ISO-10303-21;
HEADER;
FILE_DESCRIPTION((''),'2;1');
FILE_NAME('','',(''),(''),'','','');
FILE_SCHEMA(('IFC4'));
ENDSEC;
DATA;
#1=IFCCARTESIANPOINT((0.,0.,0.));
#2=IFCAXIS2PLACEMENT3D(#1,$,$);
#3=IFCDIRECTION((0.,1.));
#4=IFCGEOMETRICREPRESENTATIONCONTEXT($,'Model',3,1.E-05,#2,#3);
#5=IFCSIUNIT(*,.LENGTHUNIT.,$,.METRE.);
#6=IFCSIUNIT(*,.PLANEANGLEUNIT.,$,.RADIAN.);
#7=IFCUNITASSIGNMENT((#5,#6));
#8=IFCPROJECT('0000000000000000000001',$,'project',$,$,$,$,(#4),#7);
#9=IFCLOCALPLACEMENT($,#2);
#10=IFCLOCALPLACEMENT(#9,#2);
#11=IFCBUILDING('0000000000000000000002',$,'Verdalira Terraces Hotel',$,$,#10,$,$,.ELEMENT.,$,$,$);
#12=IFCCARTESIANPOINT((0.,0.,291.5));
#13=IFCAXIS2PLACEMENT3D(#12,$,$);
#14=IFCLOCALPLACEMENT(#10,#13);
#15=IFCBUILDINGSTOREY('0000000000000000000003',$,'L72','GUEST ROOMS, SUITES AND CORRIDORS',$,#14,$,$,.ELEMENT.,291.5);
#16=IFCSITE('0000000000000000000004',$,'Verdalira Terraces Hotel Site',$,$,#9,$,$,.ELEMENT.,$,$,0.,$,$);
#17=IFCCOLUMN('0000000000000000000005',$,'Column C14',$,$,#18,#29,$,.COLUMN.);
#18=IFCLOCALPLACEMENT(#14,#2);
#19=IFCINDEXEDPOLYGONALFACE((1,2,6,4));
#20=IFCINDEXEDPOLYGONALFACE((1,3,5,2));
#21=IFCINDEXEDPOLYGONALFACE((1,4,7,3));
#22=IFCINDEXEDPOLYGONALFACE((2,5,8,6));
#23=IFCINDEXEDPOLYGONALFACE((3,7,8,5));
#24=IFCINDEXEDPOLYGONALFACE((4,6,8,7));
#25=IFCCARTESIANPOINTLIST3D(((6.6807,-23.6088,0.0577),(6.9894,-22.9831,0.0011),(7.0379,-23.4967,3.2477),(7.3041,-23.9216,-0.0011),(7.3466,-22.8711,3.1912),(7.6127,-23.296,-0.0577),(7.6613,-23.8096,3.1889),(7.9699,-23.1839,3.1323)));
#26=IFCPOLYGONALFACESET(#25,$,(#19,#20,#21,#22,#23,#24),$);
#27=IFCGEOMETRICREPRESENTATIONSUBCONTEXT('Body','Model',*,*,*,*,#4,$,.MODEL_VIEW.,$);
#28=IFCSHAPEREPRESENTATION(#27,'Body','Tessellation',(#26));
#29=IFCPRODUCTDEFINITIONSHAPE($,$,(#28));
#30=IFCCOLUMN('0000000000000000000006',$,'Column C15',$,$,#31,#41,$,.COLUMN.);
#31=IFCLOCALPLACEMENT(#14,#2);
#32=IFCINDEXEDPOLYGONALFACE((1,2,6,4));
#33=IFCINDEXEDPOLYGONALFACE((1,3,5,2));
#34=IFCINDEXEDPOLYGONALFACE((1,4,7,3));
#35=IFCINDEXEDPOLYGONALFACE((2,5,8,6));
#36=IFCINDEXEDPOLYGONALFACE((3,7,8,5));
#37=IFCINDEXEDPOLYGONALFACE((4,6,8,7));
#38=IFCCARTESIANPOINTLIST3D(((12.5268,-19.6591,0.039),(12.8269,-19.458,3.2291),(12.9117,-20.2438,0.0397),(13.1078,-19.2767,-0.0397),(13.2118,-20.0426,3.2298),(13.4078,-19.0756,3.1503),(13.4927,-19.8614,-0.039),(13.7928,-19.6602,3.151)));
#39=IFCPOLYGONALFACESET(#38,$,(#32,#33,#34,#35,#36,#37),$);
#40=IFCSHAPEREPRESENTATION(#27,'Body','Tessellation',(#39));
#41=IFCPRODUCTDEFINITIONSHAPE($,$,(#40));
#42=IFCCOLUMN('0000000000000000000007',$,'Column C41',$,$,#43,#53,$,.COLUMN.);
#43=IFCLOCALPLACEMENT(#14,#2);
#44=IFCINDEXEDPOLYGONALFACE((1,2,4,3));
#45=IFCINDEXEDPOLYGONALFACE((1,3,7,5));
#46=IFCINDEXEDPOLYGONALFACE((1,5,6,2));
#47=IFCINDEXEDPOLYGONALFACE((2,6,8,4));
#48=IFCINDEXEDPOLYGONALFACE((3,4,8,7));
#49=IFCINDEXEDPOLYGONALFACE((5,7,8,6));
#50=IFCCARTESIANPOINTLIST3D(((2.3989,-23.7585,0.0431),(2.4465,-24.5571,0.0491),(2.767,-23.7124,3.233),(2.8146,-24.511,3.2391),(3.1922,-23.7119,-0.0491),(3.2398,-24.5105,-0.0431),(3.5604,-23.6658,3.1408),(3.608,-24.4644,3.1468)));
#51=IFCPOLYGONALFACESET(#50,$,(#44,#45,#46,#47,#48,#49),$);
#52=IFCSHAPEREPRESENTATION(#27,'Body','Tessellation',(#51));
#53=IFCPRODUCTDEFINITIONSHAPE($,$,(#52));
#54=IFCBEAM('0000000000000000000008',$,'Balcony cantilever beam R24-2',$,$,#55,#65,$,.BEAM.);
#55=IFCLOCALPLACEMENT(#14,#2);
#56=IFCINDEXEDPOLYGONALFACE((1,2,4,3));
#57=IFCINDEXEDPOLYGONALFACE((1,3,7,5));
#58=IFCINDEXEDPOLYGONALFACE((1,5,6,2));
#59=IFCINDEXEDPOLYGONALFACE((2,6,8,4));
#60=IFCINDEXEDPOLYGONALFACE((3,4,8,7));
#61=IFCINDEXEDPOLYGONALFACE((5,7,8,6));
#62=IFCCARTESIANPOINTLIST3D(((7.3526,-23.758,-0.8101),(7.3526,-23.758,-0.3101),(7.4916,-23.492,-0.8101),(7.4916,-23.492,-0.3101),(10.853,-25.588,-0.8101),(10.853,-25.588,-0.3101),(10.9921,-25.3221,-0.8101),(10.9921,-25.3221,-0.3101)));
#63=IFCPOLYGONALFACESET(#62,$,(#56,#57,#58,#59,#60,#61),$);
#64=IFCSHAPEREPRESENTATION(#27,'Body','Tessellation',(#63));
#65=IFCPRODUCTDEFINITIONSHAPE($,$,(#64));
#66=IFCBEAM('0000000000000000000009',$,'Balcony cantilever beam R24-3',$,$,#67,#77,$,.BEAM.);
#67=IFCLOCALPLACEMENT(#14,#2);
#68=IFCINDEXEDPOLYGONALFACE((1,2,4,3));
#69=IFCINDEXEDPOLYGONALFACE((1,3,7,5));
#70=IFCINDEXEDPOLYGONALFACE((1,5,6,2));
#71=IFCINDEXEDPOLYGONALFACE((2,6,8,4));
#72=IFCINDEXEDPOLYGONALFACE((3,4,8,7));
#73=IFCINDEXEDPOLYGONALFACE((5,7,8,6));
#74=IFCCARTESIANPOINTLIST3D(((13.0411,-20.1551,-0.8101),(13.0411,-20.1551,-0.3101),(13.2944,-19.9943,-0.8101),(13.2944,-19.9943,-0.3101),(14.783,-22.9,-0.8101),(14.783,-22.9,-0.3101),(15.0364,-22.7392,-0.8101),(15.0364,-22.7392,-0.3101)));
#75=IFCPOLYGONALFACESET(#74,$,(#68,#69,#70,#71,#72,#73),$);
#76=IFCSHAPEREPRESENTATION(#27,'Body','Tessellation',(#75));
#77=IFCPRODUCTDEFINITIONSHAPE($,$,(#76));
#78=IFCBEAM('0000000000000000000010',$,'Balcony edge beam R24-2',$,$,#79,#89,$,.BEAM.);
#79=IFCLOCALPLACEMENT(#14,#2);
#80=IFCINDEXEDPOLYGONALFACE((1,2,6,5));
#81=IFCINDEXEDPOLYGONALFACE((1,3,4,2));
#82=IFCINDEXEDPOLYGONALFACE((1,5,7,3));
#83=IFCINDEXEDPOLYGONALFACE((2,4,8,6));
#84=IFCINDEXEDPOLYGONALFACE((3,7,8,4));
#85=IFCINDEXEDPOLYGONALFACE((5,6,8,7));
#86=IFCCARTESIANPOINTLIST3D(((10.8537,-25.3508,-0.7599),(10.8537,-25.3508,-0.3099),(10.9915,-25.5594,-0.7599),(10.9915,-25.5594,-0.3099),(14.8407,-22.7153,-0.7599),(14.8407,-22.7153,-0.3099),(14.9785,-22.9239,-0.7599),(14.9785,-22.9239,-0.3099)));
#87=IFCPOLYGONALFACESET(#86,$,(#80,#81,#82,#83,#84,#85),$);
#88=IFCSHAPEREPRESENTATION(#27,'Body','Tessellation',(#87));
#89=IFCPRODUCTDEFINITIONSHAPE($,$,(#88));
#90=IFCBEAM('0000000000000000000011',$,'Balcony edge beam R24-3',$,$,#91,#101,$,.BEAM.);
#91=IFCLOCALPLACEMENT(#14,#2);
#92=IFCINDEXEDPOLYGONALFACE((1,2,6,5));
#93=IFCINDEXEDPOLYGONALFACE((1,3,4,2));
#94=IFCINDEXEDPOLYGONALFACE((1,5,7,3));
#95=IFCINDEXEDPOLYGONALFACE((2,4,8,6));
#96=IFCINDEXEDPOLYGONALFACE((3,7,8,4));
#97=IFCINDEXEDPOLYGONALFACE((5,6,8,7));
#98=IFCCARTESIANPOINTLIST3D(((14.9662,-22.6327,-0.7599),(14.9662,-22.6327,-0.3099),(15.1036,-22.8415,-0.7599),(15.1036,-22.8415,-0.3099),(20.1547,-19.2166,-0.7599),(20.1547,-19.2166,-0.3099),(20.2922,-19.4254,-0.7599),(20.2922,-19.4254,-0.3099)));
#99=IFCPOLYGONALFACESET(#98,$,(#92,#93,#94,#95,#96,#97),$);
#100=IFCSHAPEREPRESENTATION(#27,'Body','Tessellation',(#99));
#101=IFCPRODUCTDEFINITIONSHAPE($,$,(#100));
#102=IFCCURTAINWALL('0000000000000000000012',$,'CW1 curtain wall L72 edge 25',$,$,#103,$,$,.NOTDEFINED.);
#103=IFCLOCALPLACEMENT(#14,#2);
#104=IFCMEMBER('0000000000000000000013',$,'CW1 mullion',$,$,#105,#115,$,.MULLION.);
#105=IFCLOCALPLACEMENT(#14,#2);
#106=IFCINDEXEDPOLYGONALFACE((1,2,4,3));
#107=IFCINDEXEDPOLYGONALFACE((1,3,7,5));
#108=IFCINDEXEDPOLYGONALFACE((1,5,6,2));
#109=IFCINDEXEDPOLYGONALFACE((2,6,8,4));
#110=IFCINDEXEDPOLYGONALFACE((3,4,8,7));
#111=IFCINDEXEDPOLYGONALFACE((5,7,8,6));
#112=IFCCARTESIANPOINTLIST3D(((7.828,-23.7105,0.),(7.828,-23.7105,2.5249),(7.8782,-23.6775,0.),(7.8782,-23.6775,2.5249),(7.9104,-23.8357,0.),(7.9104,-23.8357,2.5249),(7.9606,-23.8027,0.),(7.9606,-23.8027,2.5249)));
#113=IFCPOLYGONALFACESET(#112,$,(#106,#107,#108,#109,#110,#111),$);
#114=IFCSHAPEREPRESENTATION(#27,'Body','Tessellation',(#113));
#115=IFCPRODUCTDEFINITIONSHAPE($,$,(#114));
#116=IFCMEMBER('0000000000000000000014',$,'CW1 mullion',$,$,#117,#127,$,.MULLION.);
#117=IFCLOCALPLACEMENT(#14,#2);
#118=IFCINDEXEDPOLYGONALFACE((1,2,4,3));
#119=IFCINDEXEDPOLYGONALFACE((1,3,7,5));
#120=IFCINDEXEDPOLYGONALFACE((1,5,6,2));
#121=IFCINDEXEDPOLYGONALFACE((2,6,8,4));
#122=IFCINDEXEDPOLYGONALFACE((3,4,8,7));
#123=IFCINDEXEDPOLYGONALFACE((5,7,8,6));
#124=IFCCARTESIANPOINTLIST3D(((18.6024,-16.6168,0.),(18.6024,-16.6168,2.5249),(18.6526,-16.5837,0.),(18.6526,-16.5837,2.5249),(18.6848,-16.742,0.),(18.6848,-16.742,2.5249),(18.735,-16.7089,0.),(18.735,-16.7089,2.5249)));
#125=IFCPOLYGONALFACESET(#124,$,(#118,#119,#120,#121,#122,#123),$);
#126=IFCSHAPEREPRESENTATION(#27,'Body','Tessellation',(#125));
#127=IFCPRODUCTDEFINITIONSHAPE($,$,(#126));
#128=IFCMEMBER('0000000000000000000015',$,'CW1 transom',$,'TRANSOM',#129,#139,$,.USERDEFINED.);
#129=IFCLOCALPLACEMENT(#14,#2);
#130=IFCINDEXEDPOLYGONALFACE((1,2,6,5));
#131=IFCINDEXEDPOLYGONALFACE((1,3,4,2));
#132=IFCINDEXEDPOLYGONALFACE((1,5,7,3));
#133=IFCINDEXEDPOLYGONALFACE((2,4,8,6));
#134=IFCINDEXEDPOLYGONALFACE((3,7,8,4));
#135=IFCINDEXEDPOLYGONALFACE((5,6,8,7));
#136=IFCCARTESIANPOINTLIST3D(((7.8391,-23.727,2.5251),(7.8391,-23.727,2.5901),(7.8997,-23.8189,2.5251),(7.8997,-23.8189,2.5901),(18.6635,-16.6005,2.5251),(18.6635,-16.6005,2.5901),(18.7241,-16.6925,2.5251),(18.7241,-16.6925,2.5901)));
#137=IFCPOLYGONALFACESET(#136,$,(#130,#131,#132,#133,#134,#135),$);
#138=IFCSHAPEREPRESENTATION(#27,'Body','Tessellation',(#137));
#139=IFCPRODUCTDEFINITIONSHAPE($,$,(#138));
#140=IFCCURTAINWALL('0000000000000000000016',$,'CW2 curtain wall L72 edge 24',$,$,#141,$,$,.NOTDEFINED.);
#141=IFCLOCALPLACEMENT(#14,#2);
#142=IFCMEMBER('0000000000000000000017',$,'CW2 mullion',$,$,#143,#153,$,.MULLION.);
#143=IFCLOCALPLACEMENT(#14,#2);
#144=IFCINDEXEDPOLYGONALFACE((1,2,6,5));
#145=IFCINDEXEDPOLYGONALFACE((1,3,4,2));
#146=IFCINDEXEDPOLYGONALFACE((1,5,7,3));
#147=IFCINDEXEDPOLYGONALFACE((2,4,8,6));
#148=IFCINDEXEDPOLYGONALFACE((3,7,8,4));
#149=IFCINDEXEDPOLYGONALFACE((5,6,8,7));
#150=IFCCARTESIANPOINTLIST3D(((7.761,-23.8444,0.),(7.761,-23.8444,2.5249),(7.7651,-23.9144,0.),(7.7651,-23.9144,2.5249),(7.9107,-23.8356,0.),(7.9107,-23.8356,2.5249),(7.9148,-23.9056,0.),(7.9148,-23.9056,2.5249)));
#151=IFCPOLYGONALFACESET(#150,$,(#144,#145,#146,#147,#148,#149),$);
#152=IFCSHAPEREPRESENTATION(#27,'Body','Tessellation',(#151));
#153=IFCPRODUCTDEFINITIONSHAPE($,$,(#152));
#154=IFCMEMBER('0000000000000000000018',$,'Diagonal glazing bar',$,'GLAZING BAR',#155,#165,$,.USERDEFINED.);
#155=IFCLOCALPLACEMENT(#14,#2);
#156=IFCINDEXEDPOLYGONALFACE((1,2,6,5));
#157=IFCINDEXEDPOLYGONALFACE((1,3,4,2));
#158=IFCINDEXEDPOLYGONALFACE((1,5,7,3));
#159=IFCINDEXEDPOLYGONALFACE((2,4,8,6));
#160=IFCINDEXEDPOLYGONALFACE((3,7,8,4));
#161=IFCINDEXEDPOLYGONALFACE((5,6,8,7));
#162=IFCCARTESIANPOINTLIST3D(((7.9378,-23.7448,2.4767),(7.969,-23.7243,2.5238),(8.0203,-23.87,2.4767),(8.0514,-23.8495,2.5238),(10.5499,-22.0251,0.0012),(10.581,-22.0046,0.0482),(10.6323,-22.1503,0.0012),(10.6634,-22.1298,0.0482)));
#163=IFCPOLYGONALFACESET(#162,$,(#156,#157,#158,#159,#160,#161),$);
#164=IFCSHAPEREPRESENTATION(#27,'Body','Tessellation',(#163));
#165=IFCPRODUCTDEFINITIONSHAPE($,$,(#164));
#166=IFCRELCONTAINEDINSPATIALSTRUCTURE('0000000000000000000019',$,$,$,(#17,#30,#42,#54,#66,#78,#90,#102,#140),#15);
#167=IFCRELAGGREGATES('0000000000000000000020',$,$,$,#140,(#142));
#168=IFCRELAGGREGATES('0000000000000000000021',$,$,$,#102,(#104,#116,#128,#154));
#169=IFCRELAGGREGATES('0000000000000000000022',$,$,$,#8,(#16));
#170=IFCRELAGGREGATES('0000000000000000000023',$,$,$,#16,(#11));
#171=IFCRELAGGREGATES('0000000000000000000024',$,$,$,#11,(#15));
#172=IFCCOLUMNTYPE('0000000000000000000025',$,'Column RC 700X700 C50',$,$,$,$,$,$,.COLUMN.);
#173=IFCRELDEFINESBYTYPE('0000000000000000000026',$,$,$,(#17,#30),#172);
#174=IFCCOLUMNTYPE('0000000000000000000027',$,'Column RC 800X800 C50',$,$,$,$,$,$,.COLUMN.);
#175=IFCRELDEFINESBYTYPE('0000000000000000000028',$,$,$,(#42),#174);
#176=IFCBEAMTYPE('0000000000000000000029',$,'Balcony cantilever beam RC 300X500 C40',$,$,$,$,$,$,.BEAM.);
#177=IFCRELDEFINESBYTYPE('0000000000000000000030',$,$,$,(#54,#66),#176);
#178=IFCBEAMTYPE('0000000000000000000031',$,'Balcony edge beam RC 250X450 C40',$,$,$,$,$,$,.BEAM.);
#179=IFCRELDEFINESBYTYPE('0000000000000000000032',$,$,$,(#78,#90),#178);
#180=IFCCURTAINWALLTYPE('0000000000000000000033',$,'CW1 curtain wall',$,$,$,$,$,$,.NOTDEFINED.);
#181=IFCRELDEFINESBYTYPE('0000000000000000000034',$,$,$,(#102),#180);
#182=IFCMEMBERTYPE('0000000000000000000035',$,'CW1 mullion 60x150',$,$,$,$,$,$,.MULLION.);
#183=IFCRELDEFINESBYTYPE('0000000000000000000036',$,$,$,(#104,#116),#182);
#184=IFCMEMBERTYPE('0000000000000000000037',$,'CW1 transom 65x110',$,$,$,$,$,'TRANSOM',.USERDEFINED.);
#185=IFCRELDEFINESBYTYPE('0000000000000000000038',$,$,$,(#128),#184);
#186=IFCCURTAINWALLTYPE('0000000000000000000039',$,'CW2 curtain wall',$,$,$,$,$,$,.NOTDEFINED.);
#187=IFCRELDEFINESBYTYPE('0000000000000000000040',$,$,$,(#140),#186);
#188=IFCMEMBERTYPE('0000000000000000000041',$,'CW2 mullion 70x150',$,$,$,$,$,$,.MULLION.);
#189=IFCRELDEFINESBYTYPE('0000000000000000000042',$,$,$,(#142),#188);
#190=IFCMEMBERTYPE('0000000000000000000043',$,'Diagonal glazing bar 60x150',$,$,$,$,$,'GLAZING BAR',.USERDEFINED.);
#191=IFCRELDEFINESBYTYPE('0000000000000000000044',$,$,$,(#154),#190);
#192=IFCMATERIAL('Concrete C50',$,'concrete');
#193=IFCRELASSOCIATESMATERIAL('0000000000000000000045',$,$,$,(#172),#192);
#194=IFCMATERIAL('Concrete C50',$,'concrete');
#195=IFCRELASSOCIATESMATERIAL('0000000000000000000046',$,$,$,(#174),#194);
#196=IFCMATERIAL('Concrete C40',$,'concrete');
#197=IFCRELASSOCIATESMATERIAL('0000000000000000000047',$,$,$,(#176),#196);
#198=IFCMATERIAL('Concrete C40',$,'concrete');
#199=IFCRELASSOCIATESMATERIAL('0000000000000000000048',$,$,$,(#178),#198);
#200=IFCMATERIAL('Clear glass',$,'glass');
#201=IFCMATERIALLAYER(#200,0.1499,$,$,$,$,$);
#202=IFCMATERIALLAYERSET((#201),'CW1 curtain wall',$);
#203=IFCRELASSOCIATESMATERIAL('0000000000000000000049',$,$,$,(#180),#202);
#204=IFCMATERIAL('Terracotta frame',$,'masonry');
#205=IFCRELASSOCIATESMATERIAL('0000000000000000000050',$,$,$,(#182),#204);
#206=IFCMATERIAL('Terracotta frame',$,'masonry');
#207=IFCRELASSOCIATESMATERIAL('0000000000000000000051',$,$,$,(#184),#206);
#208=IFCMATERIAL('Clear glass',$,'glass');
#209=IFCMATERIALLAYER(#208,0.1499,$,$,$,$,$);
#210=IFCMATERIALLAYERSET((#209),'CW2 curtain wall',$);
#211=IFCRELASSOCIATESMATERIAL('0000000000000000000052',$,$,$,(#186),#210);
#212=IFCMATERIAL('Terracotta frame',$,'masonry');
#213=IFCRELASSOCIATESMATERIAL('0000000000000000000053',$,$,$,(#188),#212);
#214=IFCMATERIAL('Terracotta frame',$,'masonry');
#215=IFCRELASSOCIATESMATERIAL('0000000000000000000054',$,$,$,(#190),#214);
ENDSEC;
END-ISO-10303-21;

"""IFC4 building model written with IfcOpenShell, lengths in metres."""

from ifc_helpers import new_model, si_unit, direction, frame, origin, origin_2d, place, context, subcontext, project, spatial, rectangle, extrude, material, layer, layer_set, material_profile, profile_set, type_object, element, aggregate, save


model = new_model("IFC4")

# Units and contexts
model_context = context("Model", 3, precision=1e-05, world=origin(), true_north=direction((0.0, 1.0)))
body_context = subcontext(model_context, "Body", "Model", "MODEL_VIEW")
ifc_project = project(units=[si_unit("LENGTHUNIT", "METRE"), si_unit("PLANEANGLEUNIT", "RADIAN")], contexts=[model_context])

# Site, building, storey
site_placement = place(None, origin())
site = spatial("IfcSite", under=ifc_project, at=site_placement, Name="Verdalira Terraces Hotel Site", CompositionType="ELEMENT", RefElevation=0.0)
building_placement = place(site_placement, origin())
building = spatial("IfcBuilding", under=site, at=building_placement, Name="Verdalira Terraces Hotel", CompositionType="ELEMENT")
storey_placement = place(building_placement, frame((0.0, 0.0, 291.5)))
storey = spatial("IfcBuildingStorey", under=building, at=storey_placement, Name="L72", Description="GUEST ROOMS, SUITES AND CORRIDORS", CompositionType="ELEMENT", Elevation=291.5)

# Columns
ifc_material_1 = material(Name="Concrete C50", Category="concrete")
ifc_material_profile_1 = material_profile(ifc_material_1, rectangle(XDim=0.7, YDim=0.7, at=origin_2d()), Name="RC 700X700")
ifc_profile_set_1 = profile_set([ifc_material_profile_1], Name="Concrete C50")
column_type_1 = type_object("IfcColumnType", Name="Column RC 700X700 C50", PredefinedType="COLUMN", material=ifc_profile_set_1)
column_1_placement = place(storey_placement, frame((7.1467, -23.4524, 0.0), z_axis=(0.111207, 0.03489, 0.993185), x_axis=(-0.440962, -0.893884, 0.080776)))
element("IfcColumn", 1, at=column_1_placement, inside=storey, type_object=column_type_1, Name="Column C14", PredefinedType="COLUMN", context=body_context, shape_type="SweptSolid", body=[
    extrude(rectangle(XDim=0.7, YDim=0.7, at=origin_2d()), origin(), (0.0, 0.0, 1.0), 3.2119),
])
column_2_placement = place(storey_placement, frame((13.0098, -19.7603, 0.0), z_axis=(0.093464, 0.062664, 0.993649), x_axis=(0.829983, 0.546322, -0.112522)))
element("IfcColumn", 2, at=column_2_placement, inside=storey, type_object=column_type_1, Name="Column C15", PredefinedType="COLUMN", context=body_context, shape_type="SweptSolid", body=[
    extrude(rectangle(XDim=0.7, YDim=0.7, at=origin_2d()), origin(), (0.0, 0.0, 1.0), 3.2104),
])
ifc_material_2 = material(Name="Concrete C50", Category="concrete")
ifc_material_profile_2 = material_profile(ifc_material_2, rectangle(XDim=0.8, YDim=0.8, at=origin_2d()), Name="RC 800X800")
ifc_profile_set_2 = profile_set([ifc_material_profile_2], Name="Concrete C50")
column_type_2 = type_object("IfcColumnType", Name="Column RC 800X800 C50", PredefinedType="COLUMN", material=ifc_profile_set_2)
column_3_placement = place(storey_placement, frame((2.8193, -24.1345, 0.0), z_axis=(0.114641, 0.014368, 0.993303), x_axis=(0.059498, -0.9982, 0.007572)))
element("IfcColumn", 3, at=column_3_placement, inside=storey, type_object=column_type_2, Name="Column C41", PredefinedType="COLUMN", context=body_context, shape_type="SweptSolid", body=[
    extrude(rectangle(XDim=0.8, YDim=0.8, at=origin_2d()), origin(), (0.0, 0.0, 1.0), 3.2114),
])

# Beams
ifc_material_3 = material(Name="Concrete C40", Category="concrete")
ifc_material_profile_3 = material_profile(ifc_material_3, rectangle(XDim=0.3, YDim=0.5, at=origin_2d()), Name="RC 300X500")
ifc_profile_set_3 = profile_set([ifc_material_profile_3], Name="Concrete C40")
beam_type_1 = type_object("IfcBeamType", Name="Balcony cantilever beam RC 300X500 C40", PredefinedType="BEAM", material=ifc_profile_set_3)
beam_1_placement = place(storey_placement, frame((7.4221, -23.625, -0.5601), z_axis=(0.886197, -0.463309, 0.0), x_axis=(0.463309, 0.886197, 0.0)))
element("IfcBeam", 4, at=beam_1_placement, inside=storey, type_object=beam_type_1, Name="Balcony cantilever beam R24-2", PredefinedType="BEAM", context=body_context, shape_type="SweptSolid", body=[
    extrude(rectangle(XDim=0.3, YDim=0.5, at=origin_2d()), origin(), (0.0, 0.0, 1.0), 3.95),
])
beam_2_placement = place(storey_placement, frame((13.1677, -20.0747, -0.5601), z_axis=(0.535825, -0.844329, 0.0), x_axis=(0.844329, 0.535825, 0.0)))
element("IfcBeam", 5, at=beam_2_placement, inside=storey, type_object=beam_type_1, Name="Balcony cantilever beam R24-3", PredefinedType="BEAM", context=body_context, shape_type="SweptSolid", body=[
    extrude(rectangle(XDim=0.3, YDim=0.5, at=origin_2d()), origin(), (0.0, 0.0, 1.0), 3.251),
])
ifc_material_4 = material(Name="Concrete C40", Category="concrete")
ifc_material_profile_4 = material_profile(ifc_material_4, rectangle(XDim=0.25, YDim=0.45, at=origin_2d()), Name="RC 250X450")
ifc_profile_set_4 = profile_set([ifc_material_profile_4], Name="Concrete C40")
beam_type_2 = type_object("IfcBeamType", Name="Balcony edge beam RC 250X450 C40", PredefinedType="BEAM", material=ifc_profile_set_4)
beam_3_placement = place(storey_placement, frame((10.9226, -25.4551, -0.5349), z_axis=(0.834221, 0.551431, 0.0), x_axis=(-0.551431, 0.834221, 0.0)))
element("IfcBeam", 6, at=beam_3_placement, inside=storey, type_object=beam_type_2, Name="Balcony edge beam R24-2", PredefinedType="BEAM", context=body_context, shape_type="SweptSolid", body=[
    extrude(rectangle(XDim=0.25, YDim=0.45, at=origin_2d()), origin(), (0.0, 0.0, 1.0), 4.7793),
])
beam_4_placement = place(storey_placement, frame((15.0349, -22.7371, -0.5349), z_axis=(0.835229, 0.549902, 0.0), x_axis=(-0.549902, 0.835229, 0.0)))
element("IfcBeam", 7, at=beam_4_placement, inside=storey, type_object=beam_type_2, Name="Balcony edge beam R24-3", PredefinedType="BEAM", context=body_context, shape_type="SweptSolid", body=[
    extrude(rectangle(XDim=0.25, YDim=0.45, at=origin_2d()), origin(), (0.0, 0.0, 1.0), 6.2122),
])

# Curtain wall, members
ifc_material_5 = material(Name="Clear glass", Category="glass")
ifc_layer_1 = layer(ifc_material_5, 0.1499)
ifc_layer_set_1 = layer_set([ifc_layer_1], Name="CW1 curtain wall")
curtain_wall_type_1 = type_object("IfcCurtainWallType", Name="CW1 curtain wall", PredefinedType="NOTDEFINED", material=ifc_layer_set_1)
curtain_wall_1_placement = place(storey_placement, origin())
curtain_wall_1 = element("IfcCurtainWall", 8, at=curtain_wall_1_placement, inside=storey, type_object=curtain_wall_type_1, Name="CW1 curtain wall L72 edge 25", PredefinedType="NOTDEFINED")
ifc_material_6 = material(Name="Terracotta frame", Category="masonry")
ifc_material_profile_5 = material_profile(ifc_material_6, rectangle(XDim=0.0601, YDim=0.1499, at=origin_2d()), Name="MU 60x150")
ifc_profile_set_5 = profile_set([ifc_material_profile_5], Name="Terracotta frame")
member_type_1 = type_object("IfcMemberType", Name="CW1 mullion 60x150", PredefinedType="MULLION", material=ifc_profile_set_5)
member_1_placement = place(storey_placement, frame((7.8943, -23.7566, 0.0), z_axis=(0.0, 0.0, 1.0), x_axis=(0.835232, 0.549898, 0.0)))
member_1 = element("IfcMember", 9, at=member_1_placement, type_object=member_type_1, Name="CW1 mullion", PredefinedType="MULLION", context=body_context, shape_type="SweptSolid", body=[
    extrude(rectangle(XDim=0.0601, YDim=0.1499, at=origin_2d()), origin(), (0.0, 0.0, 1.0), 2.5249),
])
member_2_placement = place(storey_placement, frame((18.6687, -16.6628, 0.0), z_axis=(0.0, 0.0, 1.0), x_axis=(0.835232, 0.549898, 0.0)))
member_2 = element("IfcMember", 10, at=member_2_placement, type_object=member_type_1, Name="CW1 mullion", PredefinedType="MULLION", context=body_context, shape_type="SweptSolid", body=[
    extrude(rectangle(XDim=0.0601, YDim=0.1499, at=origin_2d()), origin(), (0.0, 0.0, 1.0), 2.5249),
])
ifc_material_7 = material(Name="Terracotta frame", Category="masonry")
ifc_material_profile_6 = material_profile(ifc_material_7, rectangle(XDim=0.1101, YDim=0.0649, at=origin_2d()), Name="TR 65x110")
ifc_profile_set_6 = profile_set([ifc_material_profile_6], Name="Terracotta frame")
member_type_2 = type_object("IfcMemberType", Name="CW1 transom 65x110", ElementType="TRANSOM", PredefinedType="USERDEFINED", material=ifc_profile_set_6)
member_3_placement = place(storey_placement, frame((7.8694, -23.7729, 2.5576), z_axis=(0.835236, 0.549892, 0.0), x_axis=(-0.549892, 0.835236, 0.0)))
member_3 = element("IfcMember", 11, at=member_3_placement, type_object=member_type_2, Name="CW1 transom", ObjectType="TRANSOM", PredefinedType="USERDEFINED", context=body_context, shape_type="SweptSolid", body=[
    extrude(rectangle(XDim=0.1101, YDim=0.0649, at=origin_2d()), origin(), (0.0, 0.0, 1.0), 12.9597),
])

# Curtain wall, member
ifc_material_8 = material(Name="Clear glass", Category="glass")
ifc_layer_2 = layer(ifc_material_8, 0.1499)
ifc_layer_set_2 = layer_set([ifc_layer_2], Name="CW2 curtain wall")
curtain_wall_type_2 = type_object("IfcCurtainWallType", Name="CW2 curtain wall", PredefinedType="NOTDEFINED", material=ifc_layer_set_2)
curtain_wall_2_placement = place(storey_placement, origin())
curtain_wall_2 = element("IfcCurtainWall", 12, at=curtain_wall_2_placement, inside=storey, type_object=curtain_wall_type_2, Name="CW2 curtain wall L72 edge 24", PredefinedType="NOTDEFINED")
ifc_material_9 = material(Name="Terracotta frame", Category="masonry")
ifc_material_profile_7 = material_profile(ifc_material_9, rectangle(XDim=0.0701, YDim=0.1499, at=origin_2d()), Name="MU 70x150")
ifc_profile_set_7 = profile_set([ifc_material_profile_7], Name="Terracotta frame")
member_type_3 = type_object("IfcMemberType", Name="CW2 mullion 70x150", PredefinedType="MULLION", material=ifc_profile_set_7)
member_4_placement = place(storey_placement, frame((7.8379, -23.875, 0.0), z_axis=(0.0, 0.0, 1.0), x_axis=(-0.058609, 0.998281, 0.0)))
member_4 = element("IfcMember", 13, at=member_4_placement, type_object=member_type_3, Name="CW2 mullion", PredefinedType="MULLION", context=body_context, shape_type="SweptSolid", body=[
    extrude(rectangle(XDim=0.0701, YDim=0.1499, at=origin_2d()), origin(), (0.0, 0.0, 1.0), 2.5249),
])
aggregate(curtain_wall_2, [member_4])

# Member
ifc_material_10 = material(Name="Terracotta frame", Category="masonry")
ifc_material_profile_8 = material_profile(ifc_material_10, rectangle(XDim=0.1499, YDim=0.0601, at=origin_2d()), Name="GB 60x150")
ifc_profile_set_8 = profile_set([ifc_material_profile_8], Name="Terracotta frame")
member_type_4 = type_object("IfcMemberType", Name="Diagonal glazing bar 60x150", ElementType="GLAZING BAR", PredefinedType="USERDEFINED", material=ifc_profile_set_8)
member_5_placement = place(storey_placement, frame((7.9946, -23.7971, 2.5002), z_axis=(0.654883, 0.431162, -0.620667), x_axis=(-0.549899, 0.835231, 0.0)))
member_5 = element("IfcMember", 14, at=member_5_placement, type_object=member_type_4, Name="Diagonal glazing bar", ObjectType="GLAZING BAR", PredefinedType="USERDEFINED", context=body_context, shape_type="SweptSolid", body=[
    extrude(rectangle(XDim=0.1499, YDim=0.0601, at=origin_2d()), origin(), (0.0, 0.0, 1.0), 3.9885),
])

aggregate(curtain_wall_1, [member_1, member_2, member_3, member_5])

save(model, "model.ifc")
